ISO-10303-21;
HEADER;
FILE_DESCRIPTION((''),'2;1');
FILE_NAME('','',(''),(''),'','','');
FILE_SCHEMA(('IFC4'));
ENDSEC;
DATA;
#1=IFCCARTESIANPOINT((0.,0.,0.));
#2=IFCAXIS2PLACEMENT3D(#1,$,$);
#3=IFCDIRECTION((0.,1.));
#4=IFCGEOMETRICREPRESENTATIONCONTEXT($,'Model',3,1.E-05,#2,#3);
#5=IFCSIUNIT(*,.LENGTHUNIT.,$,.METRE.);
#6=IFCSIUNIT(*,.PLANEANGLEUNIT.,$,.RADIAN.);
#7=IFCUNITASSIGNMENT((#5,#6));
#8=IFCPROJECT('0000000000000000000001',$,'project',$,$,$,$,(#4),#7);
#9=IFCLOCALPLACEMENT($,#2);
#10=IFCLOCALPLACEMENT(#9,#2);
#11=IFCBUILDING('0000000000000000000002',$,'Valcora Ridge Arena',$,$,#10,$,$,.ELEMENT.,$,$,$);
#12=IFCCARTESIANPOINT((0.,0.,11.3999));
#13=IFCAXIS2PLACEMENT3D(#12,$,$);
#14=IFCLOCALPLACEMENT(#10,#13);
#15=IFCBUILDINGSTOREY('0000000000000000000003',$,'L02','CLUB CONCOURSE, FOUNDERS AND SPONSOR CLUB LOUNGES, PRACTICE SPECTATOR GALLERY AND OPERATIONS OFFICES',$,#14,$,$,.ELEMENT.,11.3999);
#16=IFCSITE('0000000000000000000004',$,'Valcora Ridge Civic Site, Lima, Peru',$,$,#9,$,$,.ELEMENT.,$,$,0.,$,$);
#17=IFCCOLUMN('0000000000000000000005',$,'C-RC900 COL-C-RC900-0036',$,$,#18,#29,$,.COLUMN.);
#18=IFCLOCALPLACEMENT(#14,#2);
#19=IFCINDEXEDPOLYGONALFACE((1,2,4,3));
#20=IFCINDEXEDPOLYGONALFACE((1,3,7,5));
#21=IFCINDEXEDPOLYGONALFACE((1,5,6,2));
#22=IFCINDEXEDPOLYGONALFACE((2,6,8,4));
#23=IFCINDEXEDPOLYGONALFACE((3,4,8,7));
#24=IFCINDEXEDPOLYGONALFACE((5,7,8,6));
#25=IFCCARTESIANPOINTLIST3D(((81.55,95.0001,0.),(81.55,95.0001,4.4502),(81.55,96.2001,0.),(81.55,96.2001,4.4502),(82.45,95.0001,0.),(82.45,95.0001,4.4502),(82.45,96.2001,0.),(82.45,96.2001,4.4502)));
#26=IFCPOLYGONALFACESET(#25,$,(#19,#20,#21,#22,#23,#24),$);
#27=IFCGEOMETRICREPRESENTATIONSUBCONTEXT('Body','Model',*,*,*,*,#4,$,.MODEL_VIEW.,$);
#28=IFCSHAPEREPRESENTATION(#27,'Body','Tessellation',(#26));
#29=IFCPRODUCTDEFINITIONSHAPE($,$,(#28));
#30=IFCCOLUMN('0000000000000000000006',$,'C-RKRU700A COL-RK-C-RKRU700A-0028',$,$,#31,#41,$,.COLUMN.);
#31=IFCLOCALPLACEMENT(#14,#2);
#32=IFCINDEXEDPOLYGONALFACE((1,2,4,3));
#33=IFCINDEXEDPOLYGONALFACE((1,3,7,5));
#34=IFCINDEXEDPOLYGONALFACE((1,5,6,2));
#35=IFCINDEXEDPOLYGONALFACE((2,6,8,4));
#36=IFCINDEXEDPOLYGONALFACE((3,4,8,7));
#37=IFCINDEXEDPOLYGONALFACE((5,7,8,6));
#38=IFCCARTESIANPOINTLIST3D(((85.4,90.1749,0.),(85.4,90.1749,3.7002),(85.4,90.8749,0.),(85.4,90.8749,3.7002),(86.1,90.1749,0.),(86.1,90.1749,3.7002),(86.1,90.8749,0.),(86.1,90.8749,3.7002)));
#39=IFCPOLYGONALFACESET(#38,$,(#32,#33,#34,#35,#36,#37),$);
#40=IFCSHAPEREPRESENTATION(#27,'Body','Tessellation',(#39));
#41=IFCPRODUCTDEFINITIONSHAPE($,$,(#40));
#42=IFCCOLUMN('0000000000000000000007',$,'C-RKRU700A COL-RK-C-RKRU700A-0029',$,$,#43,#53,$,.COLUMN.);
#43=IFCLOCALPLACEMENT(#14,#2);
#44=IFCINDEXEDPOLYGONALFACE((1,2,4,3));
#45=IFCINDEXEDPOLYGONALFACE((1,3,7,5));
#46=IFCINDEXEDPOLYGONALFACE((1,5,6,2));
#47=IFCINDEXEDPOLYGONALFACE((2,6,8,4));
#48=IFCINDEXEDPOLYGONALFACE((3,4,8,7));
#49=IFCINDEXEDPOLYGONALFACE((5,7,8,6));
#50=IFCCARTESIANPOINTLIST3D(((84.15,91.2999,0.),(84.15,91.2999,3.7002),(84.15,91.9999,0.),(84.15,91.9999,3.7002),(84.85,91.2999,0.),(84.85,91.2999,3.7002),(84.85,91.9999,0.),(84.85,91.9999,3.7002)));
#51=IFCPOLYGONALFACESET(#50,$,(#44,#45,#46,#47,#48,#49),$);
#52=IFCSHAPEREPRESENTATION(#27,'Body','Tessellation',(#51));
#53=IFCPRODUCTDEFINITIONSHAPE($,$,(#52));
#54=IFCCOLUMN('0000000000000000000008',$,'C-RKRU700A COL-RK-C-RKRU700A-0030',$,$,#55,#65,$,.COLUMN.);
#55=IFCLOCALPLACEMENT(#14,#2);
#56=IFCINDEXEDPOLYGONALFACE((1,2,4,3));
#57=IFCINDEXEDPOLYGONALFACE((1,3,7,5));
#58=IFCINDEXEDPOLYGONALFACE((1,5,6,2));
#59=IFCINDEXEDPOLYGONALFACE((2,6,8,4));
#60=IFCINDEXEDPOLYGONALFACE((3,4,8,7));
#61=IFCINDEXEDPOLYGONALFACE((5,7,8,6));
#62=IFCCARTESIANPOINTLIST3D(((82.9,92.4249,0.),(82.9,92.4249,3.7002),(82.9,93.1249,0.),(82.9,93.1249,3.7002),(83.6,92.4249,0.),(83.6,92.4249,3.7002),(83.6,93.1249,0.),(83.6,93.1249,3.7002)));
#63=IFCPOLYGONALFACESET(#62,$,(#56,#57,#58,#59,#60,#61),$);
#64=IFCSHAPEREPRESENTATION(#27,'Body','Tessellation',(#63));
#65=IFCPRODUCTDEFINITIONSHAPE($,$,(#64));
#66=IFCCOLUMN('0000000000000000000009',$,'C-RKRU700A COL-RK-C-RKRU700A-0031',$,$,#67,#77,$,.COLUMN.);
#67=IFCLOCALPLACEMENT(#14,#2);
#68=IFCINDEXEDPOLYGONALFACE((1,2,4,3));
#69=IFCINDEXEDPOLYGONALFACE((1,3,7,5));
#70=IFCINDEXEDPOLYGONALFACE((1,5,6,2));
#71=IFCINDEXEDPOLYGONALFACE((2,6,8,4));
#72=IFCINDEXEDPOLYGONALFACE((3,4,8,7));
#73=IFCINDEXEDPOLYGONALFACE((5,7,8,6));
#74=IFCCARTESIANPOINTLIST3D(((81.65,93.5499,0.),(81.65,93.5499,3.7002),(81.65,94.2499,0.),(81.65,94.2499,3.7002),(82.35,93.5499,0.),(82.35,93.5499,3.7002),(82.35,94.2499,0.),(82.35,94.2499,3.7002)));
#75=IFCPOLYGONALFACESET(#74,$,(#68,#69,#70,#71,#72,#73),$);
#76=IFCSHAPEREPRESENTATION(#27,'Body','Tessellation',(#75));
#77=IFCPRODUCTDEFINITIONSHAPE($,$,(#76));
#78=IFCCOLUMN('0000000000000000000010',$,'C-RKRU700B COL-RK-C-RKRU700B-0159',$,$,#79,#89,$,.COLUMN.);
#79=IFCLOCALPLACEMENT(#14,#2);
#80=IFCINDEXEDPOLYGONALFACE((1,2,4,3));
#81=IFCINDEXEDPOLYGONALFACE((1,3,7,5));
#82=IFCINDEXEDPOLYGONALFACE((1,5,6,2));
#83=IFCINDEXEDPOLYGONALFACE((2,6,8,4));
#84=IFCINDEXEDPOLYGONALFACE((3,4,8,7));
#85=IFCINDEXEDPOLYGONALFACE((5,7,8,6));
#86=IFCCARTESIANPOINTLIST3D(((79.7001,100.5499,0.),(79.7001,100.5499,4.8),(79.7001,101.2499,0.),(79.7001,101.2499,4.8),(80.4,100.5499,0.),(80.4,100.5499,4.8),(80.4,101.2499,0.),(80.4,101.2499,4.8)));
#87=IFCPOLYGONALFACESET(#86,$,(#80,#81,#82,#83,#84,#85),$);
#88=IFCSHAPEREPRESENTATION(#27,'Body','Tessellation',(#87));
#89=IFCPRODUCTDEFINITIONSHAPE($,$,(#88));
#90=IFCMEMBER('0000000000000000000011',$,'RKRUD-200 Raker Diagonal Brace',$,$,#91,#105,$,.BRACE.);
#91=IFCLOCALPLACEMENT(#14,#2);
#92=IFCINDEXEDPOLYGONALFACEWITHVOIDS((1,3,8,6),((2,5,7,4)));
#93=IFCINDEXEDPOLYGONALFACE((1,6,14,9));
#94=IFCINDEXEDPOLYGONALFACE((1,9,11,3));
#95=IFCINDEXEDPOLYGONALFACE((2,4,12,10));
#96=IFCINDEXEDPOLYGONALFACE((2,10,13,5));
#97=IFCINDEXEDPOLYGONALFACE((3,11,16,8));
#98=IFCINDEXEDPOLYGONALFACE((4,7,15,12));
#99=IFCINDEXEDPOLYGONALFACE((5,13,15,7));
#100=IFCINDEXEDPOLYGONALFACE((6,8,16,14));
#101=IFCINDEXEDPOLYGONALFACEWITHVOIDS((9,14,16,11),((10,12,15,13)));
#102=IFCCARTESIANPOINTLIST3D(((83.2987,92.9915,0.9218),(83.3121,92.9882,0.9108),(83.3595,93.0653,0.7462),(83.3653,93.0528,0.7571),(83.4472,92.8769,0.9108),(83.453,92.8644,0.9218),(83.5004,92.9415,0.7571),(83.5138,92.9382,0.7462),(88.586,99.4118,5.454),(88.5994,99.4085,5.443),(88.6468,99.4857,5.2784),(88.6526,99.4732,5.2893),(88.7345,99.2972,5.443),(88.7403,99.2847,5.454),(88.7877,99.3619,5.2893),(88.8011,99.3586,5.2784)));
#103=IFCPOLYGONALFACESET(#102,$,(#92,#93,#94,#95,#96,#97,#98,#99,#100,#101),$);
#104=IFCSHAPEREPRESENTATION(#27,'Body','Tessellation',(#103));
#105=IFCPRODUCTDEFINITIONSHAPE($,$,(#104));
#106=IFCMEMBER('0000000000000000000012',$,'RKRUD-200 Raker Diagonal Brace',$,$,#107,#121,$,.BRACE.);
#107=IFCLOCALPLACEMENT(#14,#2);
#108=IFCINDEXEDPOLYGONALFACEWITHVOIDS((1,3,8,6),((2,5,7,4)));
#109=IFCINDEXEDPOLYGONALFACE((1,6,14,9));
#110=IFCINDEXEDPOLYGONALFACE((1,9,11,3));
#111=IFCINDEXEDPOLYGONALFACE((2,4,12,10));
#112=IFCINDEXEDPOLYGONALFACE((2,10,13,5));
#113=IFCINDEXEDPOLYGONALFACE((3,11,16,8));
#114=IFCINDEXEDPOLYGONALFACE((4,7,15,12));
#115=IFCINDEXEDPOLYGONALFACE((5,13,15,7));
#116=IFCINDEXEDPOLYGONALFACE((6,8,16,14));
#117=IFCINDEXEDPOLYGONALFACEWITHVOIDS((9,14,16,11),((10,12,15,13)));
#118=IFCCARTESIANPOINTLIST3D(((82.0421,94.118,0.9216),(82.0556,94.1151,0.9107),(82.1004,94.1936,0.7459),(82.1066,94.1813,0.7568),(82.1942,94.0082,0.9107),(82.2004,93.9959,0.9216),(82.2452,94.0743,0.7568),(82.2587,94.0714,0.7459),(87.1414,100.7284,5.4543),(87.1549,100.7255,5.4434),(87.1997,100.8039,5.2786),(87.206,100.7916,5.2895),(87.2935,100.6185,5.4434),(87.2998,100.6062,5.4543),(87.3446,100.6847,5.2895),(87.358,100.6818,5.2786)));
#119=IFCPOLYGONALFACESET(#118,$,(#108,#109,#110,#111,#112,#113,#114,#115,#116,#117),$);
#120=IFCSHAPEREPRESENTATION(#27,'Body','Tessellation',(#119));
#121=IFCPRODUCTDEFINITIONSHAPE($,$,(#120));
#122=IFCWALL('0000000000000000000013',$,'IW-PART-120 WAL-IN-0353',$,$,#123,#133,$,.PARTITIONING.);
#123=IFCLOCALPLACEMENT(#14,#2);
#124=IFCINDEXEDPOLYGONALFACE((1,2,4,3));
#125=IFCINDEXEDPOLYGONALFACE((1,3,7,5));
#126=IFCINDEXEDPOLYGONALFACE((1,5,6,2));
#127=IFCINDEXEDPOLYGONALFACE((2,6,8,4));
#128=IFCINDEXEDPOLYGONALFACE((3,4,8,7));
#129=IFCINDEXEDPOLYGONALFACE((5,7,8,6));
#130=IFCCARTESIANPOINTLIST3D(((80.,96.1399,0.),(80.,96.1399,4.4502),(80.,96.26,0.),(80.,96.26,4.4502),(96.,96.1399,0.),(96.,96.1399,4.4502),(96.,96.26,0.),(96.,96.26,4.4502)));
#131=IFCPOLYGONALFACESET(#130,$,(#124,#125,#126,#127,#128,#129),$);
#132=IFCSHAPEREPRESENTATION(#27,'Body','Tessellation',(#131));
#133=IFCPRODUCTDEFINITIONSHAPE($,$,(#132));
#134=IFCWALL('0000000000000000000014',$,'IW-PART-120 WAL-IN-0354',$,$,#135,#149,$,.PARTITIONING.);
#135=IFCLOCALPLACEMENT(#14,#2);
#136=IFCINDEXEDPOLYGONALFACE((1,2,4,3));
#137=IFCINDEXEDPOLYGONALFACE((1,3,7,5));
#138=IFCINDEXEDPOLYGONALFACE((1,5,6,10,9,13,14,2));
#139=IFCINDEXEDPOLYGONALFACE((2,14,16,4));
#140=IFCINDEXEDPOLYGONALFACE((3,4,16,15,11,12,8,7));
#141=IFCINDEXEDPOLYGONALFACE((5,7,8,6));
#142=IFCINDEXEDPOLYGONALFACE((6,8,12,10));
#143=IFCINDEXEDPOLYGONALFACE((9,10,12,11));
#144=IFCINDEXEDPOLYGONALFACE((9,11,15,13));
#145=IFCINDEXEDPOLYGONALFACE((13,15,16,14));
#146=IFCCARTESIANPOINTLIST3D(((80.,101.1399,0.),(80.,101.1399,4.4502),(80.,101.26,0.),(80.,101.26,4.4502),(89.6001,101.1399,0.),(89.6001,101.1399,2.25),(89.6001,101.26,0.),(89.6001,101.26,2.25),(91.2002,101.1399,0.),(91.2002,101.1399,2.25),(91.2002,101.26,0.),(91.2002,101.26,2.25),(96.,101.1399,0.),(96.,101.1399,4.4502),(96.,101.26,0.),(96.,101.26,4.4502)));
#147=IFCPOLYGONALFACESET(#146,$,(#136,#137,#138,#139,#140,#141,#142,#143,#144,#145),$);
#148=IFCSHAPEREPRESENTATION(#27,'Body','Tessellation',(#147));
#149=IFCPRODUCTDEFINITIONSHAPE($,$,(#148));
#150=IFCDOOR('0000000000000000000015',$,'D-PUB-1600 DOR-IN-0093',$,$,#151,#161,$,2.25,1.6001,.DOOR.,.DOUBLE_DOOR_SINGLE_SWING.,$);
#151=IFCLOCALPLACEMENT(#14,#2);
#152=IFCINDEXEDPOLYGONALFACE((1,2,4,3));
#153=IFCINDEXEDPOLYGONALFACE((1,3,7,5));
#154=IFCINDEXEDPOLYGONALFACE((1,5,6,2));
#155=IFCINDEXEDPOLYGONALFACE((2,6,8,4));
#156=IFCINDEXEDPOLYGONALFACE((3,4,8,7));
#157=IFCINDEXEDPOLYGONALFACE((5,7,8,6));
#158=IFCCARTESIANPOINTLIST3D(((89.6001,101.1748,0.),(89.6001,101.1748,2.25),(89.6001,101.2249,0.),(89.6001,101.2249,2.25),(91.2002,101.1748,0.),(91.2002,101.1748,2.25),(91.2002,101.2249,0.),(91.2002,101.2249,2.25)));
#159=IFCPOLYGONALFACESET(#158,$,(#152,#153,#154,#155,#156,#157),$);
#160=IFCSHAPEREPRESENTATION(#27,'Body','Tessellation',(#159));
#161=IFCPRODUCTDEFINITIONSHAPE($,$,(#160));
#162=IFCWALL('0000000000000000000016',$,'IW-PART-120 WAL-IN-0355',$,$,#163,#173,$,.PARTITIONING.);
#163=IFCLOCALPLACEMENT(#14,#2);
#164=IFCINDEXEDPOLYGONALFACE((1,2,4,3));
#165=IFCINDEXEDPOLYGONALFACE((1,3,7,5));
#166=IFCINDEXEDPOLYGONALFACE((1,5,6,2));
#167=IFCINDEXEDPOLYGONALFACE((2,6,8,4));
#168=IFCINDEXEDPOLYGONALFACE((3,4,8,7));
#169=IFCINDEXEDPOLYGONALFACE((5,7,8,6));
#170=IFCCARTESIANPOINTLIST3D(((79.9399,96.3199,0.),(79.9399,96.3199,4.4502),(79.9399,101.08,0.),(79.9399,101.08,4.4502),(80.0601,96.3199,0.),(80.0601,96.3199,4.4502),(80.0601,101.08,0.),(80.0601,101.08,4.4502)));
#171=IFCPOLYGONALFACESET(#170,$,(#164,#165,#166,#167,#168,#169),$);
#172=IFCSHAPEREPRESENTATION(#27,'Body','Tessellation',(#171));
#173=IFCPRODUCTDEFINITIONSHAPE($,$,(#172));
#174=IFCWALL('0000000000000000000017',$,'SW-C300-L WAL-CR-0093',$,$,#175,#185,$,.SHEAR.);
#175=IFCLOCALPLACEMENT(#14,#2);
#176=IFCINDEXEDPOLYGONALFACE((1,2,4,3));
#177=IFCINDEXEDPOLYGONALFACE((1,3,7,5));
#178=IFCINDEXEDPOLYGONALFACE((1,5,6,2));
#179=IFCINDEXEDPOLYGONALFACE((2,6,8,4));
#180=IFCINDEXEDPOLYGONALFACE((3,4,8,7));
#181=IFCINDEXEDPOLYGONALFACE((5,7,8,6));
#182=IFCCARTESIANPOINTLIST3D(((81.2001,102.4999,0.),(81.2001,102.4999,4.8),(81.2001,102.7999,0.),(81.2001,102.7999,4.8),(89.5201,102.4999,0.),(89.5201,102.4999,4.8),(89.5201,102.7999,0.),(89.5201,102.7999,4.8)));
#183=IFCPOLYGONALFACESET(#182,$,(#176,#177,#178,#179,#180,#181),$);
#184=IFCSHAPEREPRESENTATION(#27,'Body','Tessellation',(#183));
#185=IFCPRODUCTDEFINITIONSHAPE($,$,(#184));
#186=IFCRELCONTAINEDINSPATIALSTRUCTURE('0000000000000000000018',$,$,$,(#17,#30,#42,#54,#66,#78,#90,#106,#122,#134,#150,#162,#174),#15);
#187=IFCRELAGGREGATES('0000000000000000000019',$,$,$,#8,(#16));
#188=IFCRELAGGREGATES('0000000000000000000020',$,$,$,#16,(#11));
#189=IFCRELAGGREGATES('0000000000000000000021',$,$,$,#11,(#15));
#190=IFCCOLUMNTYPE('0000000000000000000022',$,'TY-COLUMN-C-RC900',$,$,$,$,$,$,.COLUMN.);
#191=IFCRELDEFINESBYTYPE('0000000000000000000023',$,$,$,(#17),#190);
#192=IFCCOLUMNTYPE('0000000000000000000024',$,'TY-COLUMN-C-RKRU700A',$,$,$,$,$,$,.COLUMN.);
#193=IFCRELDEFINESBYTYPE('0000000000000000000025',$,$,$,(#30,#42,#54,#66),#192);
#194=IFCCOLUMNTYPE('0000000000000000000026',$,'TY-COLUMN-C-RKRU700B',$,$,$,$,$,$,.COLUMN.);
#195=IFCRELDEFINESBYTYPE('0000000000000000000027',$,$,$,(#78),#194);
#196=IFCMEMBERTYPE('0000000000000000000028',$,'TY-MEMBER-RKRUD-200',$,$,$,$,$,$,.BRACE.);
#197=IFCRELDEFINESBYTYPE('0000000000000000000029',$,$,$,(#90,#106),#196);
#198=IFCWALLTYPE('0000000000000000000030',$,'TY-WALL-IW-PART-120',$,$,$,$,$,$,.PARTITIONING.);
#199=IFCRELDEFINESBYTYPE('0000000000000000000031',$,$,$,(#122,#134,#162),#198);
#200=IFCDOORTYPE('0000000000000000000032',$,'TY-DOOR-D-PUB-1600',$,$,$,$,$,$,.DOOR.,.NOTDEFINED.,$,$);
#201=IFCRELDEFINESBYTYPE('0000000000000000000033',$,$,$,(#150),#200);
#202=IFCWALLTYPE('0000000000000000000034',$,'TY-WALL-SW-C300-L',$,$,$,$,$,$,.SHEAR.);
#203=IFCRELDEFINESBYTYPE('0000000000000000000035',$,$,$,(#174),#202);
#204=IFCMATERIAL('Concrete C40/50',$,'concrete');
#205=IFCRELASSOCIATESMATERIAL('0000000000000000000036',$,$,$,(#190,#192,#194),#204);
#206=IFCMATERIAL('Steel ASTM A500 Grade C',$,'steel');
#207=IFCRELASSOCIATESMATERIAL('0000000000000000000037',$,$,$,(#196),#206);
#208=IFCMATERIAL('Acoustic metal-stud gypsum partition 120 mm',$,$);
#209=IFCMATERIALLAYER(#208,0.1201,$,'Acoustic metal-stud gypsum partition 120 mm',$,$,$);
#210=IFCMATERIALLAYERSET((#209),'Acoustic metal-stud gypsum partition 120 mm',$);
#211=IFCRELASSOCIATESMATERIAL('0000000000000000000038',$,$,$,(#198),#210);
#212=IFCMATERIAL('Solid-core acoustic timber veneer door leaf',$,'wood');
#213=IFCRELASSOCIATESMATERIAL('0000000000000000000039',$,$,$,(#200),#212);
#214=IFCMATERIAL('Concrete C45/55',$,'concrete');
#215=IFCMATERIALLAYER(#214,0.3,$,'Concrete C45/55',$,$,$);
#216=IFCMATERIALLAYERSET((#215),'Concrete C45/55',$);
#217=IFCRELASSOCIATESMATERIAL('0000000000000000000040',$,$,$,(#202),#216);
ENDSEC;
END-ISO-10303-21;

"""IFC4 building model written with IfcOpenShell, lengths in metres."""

from ifc_helpers import new_model, si_unit, direction, frame, frame_2d, origin, origin_2d, place, context, subcontext, project, spatial, rectangle, hollow_rectangle, extrude, material, layer, layer_set, material_profile, profile_set, type_object, element, fill, save


model = new_model("IFC4")

# Units and contexts
model_context = context("Model", 3, precision=1e-05, world=origin(), true_north=direction((0.0, 1.0)))
body_context = subcontext(model_context, "Body", "Model", "MODEL_VIEW")
ifc_project = project(units=[si_unit("LENGTHUNIT", "METRE"), si_unit("PLANEANGLEUNIT", "RADIAN")], contexts=[model_context])

# Site, building, storey
site_placement = place(None, origin())
site = spatial("IfcSite", under=ifc_project, at=site_placement, Name="Valcora Ridge Civic Site, Lima, Peru", CompositionType="ELEMENT", RefElevation=0.0)
building_placement = place(site_placement, origin())
building = spatial("IfcBuilding", under=site, at=building_placement, Name="Valcora Ridge Arena", CompositionType="ELEMENT")
storey_placement = place(building_placement, frame((0.0, 0.0, 11.3999)))
storey = spatial("IfcBuildingStorey", under=building, at=storey_placement, Name="L02", Description="CLUB CONCOURSE, FOUNDERS AND SPONSOR CLUB LOUNGES, PRACTICE SPECTATOR GALLERY AND OPERATIONS OFFICES", CompositionType="ELEMENT", Elevation=11.3999)

# Columns
ifc_material_1 = material(Name="Concrete C40/50", Category="concrete")
ifc_material_profile_1 = material_profile(ifc_material_1, rectangle(XDim=0.8999, YDim=1.2, at=origin_2d()), Name="RC 900x1200")
ifc_profile_set_1 = profile_set([ifc_material_profile_1], Name="Concrete C40/50")
column_type_1 = type_object("IfcColumnType", Name="TY-COLUMN-C-RC900", PredefinedType="COLUMN", material=ifc_profile_set_1)
column_1_placement = place(storey_placement, frame((82.0, 95.6001, 0.0), z_axis=(0.0, 0.0, 1.0), x_axis=(1.0, 0.0, 0.0)))
element("IfcColumn", 1, at=column_1_placement, inside=storey, type_object=column_type_1, Name="C-RC900 COL-C-RC900-0036", PredefinedType="COLUMN", context=body_context, shape_type="SweptSolid", body=[
    extrude(rectangle(XDim=0.8999, YDim=1.2, at=origin_2d()), origin(), (0.0, 0.0, 1.0), 4.4502),
])
ifc_material_profile_2 = material_profile(ifc_material_1, rectangle(XDim=0.7, YDim=0.7, at=origin_2d()), Name="RC 700x700")
ifc_profile_set_2 = profile_set([ifc_material_profile_2], Name="Concrete C40/50")
column_type_2 = type_object("IfcColumnType", Name="TY-COLUMN-C-RKRU700A", PredefinedType="COLUMN", material=ifc_profile_set_2)
for number, where, z_axis, x_axis, name in (
    (2, (85.75, 90.5249, 0.0), (0.0, 0.0, 1.0), (1.0, 0.0, 0.0), "C-RKRU700A COL-RK-C-RKRU700A-0028"),
    (3, (84.5, 91.6499, 0.0), (0.0, 0.0, 1.0), (1.0, 0.0, 0.0), "C-RKRU700A COL-RK-C-RKRU700A-0029"),
    (4, (83.25, 92.7749, 0.0), (0.0, 0.0, 1.0), (1.0, 0.0, 0.0), "C-RKRU700A COL-RK-C-RKRU700A-0030"),
    (5, (82.0, 93.8999, 0.0), (0.0, 0.0, 1.0), (1.0, 0.0, 0.0), "C-RKRU700A COL-RK-C-RKRU700A-0031"),
):
    element("IfcColumn", number, at=place(storey_placement, frame(where, z_axis=z_axis, x_axis=x_axis)), inside=storey, type_object=column_type_2, Name=name, PredefinedType="COLUMN", context=body_context, shape_type="SweptSolid", body=[
        extrude(rectangle(XDim=0.7, YDim=0.7, at=origin_2d()), origin(), (0.0, 0.0, 1.0), 3.7002),
    ])
ifc_material_profile_3 = material_profile(ifc_material_1, rectangle(XDim=0.7, YDim=0.7, at=origin_2d()), Name="RC 700x700")
ifc_profile_set_3 = profile_set([ifc_material_profile_3], Name="Concrete C40/50")
column_type_3 = type_object("IfcColumnType", Name="TY-COLUMN-C-RKRU700B", PredefinedType="COLUMN", material=ifc_profile_set_3)
column_2_placement = place(storey_placement, frame((80.05, 100.8999, 0.0), z_axis=(0.0, 0.0, 1.0), x_axis=(1.0, 0.0, 0.0)))
element("IfcColumn", 6, at=column_2_placement, inside=storey, type_object=column_type_3, Name="C-RKRU700B COL-RK-C-RKRU700B-0159", PredefinedType="COLUMN", context=body_context, shape_type="SweptSolid", body=[
    extrude(rectangle(XDim=0.7, YDim=0.7, at=origin_2d()), origin(), (0.0, 0.0, 1.0), 4.8),
])

# Members
ifc_material_2 = material(Name="Steel ASTM A500 Grade C", Category="steel")
ifc_material_profile_4 = material_profile(ifc_material_2, hollow_rectangle(XDim=0.2, YDim=0.2, WallThickness=0.0125, at=origin_2d()), Name="HSS200X200X12")
ifc_profile_set_4 = profile_set([ifc_material_profile_4], Name="Steel ASTM A500 Grade C")
member_type = type_object("IfcMemberType", Name="TY-MEMBER-RKRUD-200", PredefinedType="BRACE", material=ifc_profile_set_4)
member_1_placement = place(storey_placement, frame((83.4062, 92.9648, 0.834), z_axis=(0.558209, 0.67783, 0.478487), x_axis=(-0.771933, 0.635704, 0.0)))
element("IfcMember", 7, at=member_1_placement, inside=storey, type_object=member_type, Name="RKRUD-200 Raker Diagonal Brace", PredefinedType="BRACE", context=body_context, shape_type="SweptSolid", body=[
    extrude(hollow_rectangle(XDim=0.2, YDim=0.2, WallThickness=0.0125, at=origin_2d()), origin(), (0.0, 0.0, 1.0), 9.4719),
])
member_2_placement = place(storey_placement, frame((82.1504, 94.0947, 0.8337), z_axis=(0.536788, 0.695843, 0.477139), x_axis=(-0.791785, 0.6108, 0.0)))
element("IfcMember", 8, at=member_2_placement, inside=storey, type_object=member_type, Name="RKRUD-200 Raker Diagonal Brace", PredefinedType="BRACE", context=body_context, shape_type="SweptSolid", body=[
    extrude(hollow_rectangle(XDim=0.2, YDim=0.2, WallThickness=0.0125, at=origin_2d()), origin(), (0.0, 0.0, 1.0), 9.4998),
])

# Wall
ifc_material_3 = material(Name="Acoustic metal-stud gypsum partition 120 mm")
ifc_layer_1 = layer(ifc_material_3, 0.1201, Name="Acoustic metal-stud gypsum partition 120 mm")
ifc_layer_set_1 = layer_set([ifc_layer_1], Name="Acoustic metal-stud gypsum partition 120 mm")
wall_type_1 = type_object("IfcWallType", Name="TY-WALL-IW-PART-120", PredefinedType="PARTITIONING", material=ifc_layer_set_1)
wall_1_placement = place(storey_placement, frame((80.0, 96.2, 0.0), z_axis=(0.0, 0.0, 1.0), x_axis=(1.0, 0.0, 0.0)))
element("IfcWall", 9, at=wall_1_placement, inside=storey, type_object=wall_type_1, Name="IW-PART-120 WAL-IN-0353", PredefinedType="PARTITIONING", context=body_context, shape_type="SweptSolid", body=[
    extrude(rectangle(XDim=16.0, YDim=0.1201, at=frame_2d((8.0, 0.0))), origin(), (0.0, 0.0, 1.0), 4.4502),
])

# Wall, opening, door
wall_2_placement = place(storey_placement, frame((80.0, 101.2, 0.0), z_axis=(0.0, 0.0, 1.0), x_axis=(1.0, 0.0, 0.0)))
wall_2 = element("IfcWall", 10, at=wall_2_placement, inside=storey, type_object=wall_type_1, Name="IW-PART-120 WAL-IN-0354", PredefinedType="PARTITIONING", context=body_context, shape_type="SweptSolid", body=[
    extrude(rectangle(XDim=16.0, YDim=0.1201, at=frame_2d((8.0, 0.0))), origin(), (0.0, 0.0, 1.0), 4.4502),
])
opening_1_placement = place(wall_2_placement, frame((9.6001, 0.0, 0.0)))
opening_1 = element("IfcOpeningElement", 11, at=opening_1_placement, cuts=wall_2, PredefinedType="OPENING", context=body_context, shape_type="SweptSolid", body=[
    extrude(rectangle(XDim=1.6001, YDim=2.25, at=frame_2d((0.8, 1.125))), frame((0.0, 0.0701, 0.0), z_axis=(0.0, -1.0, 0.0), x_axis=(1.0, 0.0, 0.0)), (0.0, 0.0, 1.0), 0.1401),
])
ifc_material_4 = material(Name="Solid-core acoustic timber veneer door leaf", Category="wood")
door_type_1 = type_object("IfcDoorType", Name="TY-DOOR-D-PUB-1600", OperationType="NOTDEFINED", PredefinedType="DOOR", material=ifc_material_4)
door_1_placement = place(opening_1_placement, origin())
door_1 = element("IfcDoor", 12, at=door_1_placement, inside=storey, type_object=door_type_1, Name="D-PUB-1600 DOR-IN-0093", OperationType="DOUBLE_DOOR_SINGLE_SWING", OverallHeight=2.25, OverallWidth=1.6001, PredefinedType="DOOR", context=body_context, shape_type="SweptSolid", body=[
    extrude(rectangle(XDim=1.6001, YDim=2.25, at=frame_2d((0.8, 1.125))), frame((0.0, 0.0249, 0.0), z_axis=(0.0, -1.0, 0.0), x_axis=(1.0, 0.0, 0.0)), (0.0, 0.0, 1.0), 0.05),
])
fill(opening_1, door_1)

# Walls
wall_3_placement = place(storey_placement, frame((80.0, 96.3201, 0.0), z_axis=(0.0, 0.0, 1.0), x_axis=(0.0, 1.0, 0.0)))
element("IfcWall", 13, at=wall_3_placement, inside=storey, type_object=wall_type_1, Name="IW-PART-120 WAL-IN-0355", PredefinedType="PARTITIONING", context=body_context, shape_type="SweptSolid", body=[
    extrude(rectangle(XDim=4.76, YDim=0.1201, at=frame_2d((2.3799, 0.0))), origin(), (0.0, 0.0, 1.0), 4.4502),
])
ifc_material_5 = material(Name="Concrete C45/55", Category="concrete")
ifc_layer_2 = layer(ifc_material_5, 0.3, Name="Concrete C45/55")
ifc_layer_set_2 = layer_set([ifc_layer_2], Name="Concrete C45/55")
wall_type_2 = type_object("IfcWallType", Name="TY-WALL-SW-C300-L", PredefinedType="SHEAR", material=ifc_layer_set_2)
for number, where, z_axis, x_axis, name in (
    (14, (81.2, 102.6499, 0.0), (0.0, 0.0, 1.0), (1.0, 0.0, 0.0), "SW-C300-L WAL-CR-0093"),
):
    element("IfcWall", number, at=place(storey_placement, frame(where, z_axis=z_axis, x_axis=x_axis)), inside=storey, type_object=wall_type_2, Name=name, PredefinedType="SHEAR", context=body_context, shape_type="SweptSolid", body=[
        extrude(rectangle(XDim=8.3201, YDim=0.3, at=frame_2d((4.1602, 0.0))), origin(), (0.0, 0.0, 1.0), 4.8),
    ])

save(model, "model.ifc")
